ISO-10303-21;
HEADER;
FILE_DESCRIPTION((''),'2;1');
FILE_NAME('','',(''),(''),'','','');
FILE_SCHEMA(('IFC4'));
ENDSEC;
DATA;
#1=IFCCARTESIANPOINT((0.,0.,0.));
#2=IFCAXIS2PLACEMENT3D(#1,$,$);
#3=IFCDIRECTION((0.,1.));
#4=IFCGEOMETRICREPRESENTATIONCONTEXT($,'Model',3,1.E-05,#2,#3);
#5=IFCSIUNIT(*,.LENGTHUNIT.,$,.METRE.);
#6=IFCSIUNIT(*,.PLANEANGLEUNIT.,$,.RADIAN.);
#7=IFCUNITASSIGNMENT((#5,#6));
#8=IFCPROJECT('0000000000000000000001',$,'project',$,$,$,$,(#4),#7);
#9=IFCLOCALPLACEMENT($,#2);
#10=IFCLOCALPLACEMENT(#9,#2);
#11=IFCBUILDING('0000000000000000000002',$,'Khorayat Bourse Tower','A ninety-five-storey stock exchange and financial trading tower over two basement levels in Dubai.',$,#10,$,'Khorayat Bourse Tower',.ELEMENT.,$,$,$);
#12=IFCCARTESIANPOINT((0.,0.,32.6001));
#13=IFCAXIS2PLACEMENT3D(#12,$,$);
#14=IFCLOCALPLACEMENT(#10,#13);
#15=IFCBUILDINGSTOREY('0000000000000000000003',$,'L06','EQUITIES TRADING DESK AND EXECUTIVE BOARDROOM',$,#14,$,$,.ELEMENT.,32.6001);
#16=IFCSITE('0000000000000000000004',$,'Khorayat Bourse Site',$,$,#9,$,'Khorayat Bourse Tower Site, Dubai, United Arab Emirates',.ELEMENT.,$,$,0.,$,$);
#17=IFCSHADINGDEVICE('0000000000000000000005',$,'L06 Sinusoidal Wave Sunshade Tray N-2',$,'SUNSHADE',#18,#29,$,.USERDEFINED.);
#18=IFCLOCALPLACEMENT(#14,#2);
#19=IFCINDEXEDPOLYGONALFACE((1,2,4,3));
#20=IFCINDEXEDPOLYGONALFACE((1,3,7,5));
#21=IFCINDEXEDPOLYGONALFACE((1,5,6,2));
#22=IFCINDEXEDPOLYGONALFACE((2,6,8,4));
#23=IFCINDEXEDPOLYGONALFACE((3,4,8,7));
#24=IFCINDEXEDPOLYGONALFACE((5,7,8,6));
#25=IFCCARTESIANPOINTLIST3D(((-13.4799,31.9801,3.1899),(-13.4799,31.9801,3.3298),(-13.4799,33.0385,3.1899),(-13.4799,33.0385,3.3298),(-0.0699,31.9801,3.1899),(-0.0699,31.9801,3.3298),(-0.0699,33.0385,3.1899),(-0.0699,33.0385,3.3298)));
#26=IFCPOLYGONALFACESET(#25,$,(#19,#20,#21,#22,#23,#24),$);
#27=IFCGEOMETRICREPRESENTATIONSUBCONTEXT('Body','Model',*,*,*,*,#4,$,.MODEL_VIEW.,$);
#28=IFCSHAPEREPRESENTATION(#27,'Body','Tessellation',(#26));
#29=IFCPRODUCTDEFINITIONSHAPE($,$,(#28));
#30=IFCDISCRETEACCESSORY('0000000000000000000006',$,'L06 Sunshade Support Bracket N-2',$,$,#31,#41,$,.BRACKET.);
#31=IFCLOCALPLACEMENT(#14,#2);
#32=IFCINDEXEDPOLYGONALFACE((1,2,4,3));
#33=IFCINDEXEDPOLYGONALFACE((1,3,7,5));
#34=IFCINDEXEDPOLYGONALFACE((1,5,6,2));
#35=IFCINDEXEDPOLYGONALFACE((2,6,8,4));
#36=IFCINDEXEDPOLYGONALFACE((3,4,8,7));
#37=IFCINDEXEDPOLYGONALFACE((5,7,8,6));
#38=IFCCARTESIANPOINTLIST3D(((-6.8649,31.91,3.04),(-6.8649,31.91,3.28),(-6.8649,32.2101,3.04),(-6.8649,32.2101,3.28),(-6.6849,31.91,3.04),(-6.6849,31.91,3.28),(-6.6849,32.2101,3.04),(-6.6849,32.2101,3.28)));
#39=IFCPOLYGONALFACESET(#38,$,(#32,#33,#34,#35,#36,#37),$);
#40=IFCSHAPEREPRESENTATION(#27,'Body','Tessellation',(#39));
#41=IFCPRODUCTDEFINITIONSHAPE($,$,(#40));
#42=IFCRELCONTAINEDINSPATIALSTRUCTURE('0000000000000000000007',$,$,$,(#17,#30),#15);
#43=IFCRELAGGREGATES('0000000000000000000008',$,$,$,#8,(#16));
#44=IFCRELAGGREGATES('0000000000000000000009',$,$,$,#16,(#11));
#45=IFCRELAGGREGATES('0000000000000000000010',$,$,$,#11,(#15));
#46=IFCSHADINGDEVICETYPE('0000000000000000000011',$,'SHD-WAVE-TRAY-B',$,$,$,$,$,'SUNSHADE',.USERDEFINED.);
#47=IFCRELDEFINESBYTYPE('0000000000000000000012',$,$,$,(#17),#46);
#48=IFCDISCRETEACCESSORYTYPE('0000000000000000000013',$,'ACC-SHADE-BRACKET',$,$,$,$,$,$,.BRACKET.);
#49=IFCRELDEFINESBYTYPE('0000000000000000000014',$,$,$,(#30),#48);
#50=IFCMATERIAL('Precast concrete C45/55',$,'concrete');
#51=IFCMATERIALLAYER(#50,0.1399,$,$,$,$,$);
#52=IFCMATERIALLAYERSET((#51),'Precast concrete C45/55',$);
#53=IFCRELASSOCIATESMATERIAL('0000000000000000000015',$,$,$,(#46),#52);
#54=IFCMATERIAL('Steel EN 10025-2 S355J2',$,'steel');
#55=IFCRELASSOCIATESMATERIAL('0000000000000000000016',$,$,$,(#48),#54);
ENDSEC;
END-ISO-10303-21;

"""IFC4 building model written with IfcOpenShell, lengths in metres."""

from ifc_helpers import new_model, si_unit, direction, frame, origin, origin_2d, place, context, subcontext, project, spatial, rectangle, extrude, source, transform, mapped, material, layer, layer_set, type_object, element, save


model = new_model("IFC4")

# Units and contexts
model_context = context("Model", 3, precision=1e-05, world=origin(), true_north=direction((0.0, 1.0)))
body_context = subcontext(model_context, "Body", "Model", "MODEL_VIEW")
ifc_project = project(units=[si_unit("LENGTHUNIT", "METRE"), si_unit("PLANEANGLEUNIT", "RADIAN")], contexts=[model_context])

# Site, building, storey
site_placement = place(None, origin())
site = spatial("IfcSite", under=ifc_project, at=site_placement, Name="Khorayat Bourse Site", LongName="Khorayat Bourse Tower Site, Dubai, United Arab Emirates", CompositionType="ELEMENT", RefElevation=0.0)
building_placement = place(site_placement, origin())
building = spatial("IfcBuilding", under=site, at=building_placement, Name="Khorayat Bourse Tower", Description="A ninety-five-storey stock exchange and financial trading tower over two basement levels in Dubai.", LongName="Khorayat Bourse Tower", CompositionType="ELEMENT")
storey_placement = place(building_placement, frame((0.0, 0.0, 32.6001)))
storey = spatial("IfcBuildingStorey", under=building, at=storey_placement, Name="L06", Description="EQUITIES TRADING DESK AND EXECUTIVE BOARDROOM", CompositionType="ELEMENT", Elevation=32.6001)

# Shared definitions
ifc_material_1 = material(Name="Steel EN 10025-2 S355J2", Category="steel")

# Shading device
ifc_material_2 = material(Name="Precast concrete C45/55", Category="concrete")
ifc_layer_1 = layer(ifc_material_2, 0.1399)
ifc_layer_set_1 = layer_set([ifc_layer_1], Name="Precast concrete C45/55")
shading_device_type = type_object("IfcShadingDeviceType", Name="SHD-WAVE-TRAY-B", ElementType="SUNSHADE", PredefinedType="USERDEFINED", material=ifc_layer_set_1)
shared_shape_1 = source(origin(), body_context, "Body", "SweptSolid", [
    extrude(rectangle(XDim=13.4099, YDim=1.0583, at=origin_2d()), origin(), (0.0, 0.0, 1.0), 0.1399),
])
shading_device_placement = place(storey_placement, frame((-6.7749, 32.5093, 3.1899), z_axis=(0.0, 0.0, 1.0), x_axis=(1.0, 0.0, 0.0)))
element("IfcShadingDevice", 1, at=shading_device_placement, inside=storey, type_object=shading_device_type, Name="L06 Sinusoidal Wave Sunshade Tray N-2", ObjectType="SUNSHADE", PredefinedType="USERDEFINED", context=body_context, shape_type="MappedRepresentation", body=[
    mapped(shared_shape_1, transform((0.0, 0.0, 0.0), scale=1.0)),
])

# Discrete accessory
discrete_accessory_type = type_object("IfcDiscreteAccessoryType", Name="ACC-SHADE-BRACKET", PredefinedType="BRACKET", material=ifc_material_1)
shared_shape_2 = source(origin(), body_context, "Body", "SweptSolid", [
    extrude(rectangle(XDim=0.1799, YDim=0.3, at=origin_2d()), origin(), (0.0, 0.0, 1.0), 0.24),
])
discrete_accessory_placement = place(storey_placement, frame((-6.7749, 32.0601, 3.04), z_axis=(0.0, 0.0, 1.0), x_axis=(1.0, 0.0, 0.0)))
element("IfcDiscreteAccessory", 2, at=discrete_accessory_placement, inside=storey, type_object=discrete_accessory_type, Name="L06 Sunshade Support Bracket N-2", PredefinedType="BRACKET", context=body_context, shape_type="MappedRepresentation", body=[
    mapped(shared_shape_2, transform((0.0, 0.0, 0.0), scale=1.0)),
])

save(model, "model.ifc")
